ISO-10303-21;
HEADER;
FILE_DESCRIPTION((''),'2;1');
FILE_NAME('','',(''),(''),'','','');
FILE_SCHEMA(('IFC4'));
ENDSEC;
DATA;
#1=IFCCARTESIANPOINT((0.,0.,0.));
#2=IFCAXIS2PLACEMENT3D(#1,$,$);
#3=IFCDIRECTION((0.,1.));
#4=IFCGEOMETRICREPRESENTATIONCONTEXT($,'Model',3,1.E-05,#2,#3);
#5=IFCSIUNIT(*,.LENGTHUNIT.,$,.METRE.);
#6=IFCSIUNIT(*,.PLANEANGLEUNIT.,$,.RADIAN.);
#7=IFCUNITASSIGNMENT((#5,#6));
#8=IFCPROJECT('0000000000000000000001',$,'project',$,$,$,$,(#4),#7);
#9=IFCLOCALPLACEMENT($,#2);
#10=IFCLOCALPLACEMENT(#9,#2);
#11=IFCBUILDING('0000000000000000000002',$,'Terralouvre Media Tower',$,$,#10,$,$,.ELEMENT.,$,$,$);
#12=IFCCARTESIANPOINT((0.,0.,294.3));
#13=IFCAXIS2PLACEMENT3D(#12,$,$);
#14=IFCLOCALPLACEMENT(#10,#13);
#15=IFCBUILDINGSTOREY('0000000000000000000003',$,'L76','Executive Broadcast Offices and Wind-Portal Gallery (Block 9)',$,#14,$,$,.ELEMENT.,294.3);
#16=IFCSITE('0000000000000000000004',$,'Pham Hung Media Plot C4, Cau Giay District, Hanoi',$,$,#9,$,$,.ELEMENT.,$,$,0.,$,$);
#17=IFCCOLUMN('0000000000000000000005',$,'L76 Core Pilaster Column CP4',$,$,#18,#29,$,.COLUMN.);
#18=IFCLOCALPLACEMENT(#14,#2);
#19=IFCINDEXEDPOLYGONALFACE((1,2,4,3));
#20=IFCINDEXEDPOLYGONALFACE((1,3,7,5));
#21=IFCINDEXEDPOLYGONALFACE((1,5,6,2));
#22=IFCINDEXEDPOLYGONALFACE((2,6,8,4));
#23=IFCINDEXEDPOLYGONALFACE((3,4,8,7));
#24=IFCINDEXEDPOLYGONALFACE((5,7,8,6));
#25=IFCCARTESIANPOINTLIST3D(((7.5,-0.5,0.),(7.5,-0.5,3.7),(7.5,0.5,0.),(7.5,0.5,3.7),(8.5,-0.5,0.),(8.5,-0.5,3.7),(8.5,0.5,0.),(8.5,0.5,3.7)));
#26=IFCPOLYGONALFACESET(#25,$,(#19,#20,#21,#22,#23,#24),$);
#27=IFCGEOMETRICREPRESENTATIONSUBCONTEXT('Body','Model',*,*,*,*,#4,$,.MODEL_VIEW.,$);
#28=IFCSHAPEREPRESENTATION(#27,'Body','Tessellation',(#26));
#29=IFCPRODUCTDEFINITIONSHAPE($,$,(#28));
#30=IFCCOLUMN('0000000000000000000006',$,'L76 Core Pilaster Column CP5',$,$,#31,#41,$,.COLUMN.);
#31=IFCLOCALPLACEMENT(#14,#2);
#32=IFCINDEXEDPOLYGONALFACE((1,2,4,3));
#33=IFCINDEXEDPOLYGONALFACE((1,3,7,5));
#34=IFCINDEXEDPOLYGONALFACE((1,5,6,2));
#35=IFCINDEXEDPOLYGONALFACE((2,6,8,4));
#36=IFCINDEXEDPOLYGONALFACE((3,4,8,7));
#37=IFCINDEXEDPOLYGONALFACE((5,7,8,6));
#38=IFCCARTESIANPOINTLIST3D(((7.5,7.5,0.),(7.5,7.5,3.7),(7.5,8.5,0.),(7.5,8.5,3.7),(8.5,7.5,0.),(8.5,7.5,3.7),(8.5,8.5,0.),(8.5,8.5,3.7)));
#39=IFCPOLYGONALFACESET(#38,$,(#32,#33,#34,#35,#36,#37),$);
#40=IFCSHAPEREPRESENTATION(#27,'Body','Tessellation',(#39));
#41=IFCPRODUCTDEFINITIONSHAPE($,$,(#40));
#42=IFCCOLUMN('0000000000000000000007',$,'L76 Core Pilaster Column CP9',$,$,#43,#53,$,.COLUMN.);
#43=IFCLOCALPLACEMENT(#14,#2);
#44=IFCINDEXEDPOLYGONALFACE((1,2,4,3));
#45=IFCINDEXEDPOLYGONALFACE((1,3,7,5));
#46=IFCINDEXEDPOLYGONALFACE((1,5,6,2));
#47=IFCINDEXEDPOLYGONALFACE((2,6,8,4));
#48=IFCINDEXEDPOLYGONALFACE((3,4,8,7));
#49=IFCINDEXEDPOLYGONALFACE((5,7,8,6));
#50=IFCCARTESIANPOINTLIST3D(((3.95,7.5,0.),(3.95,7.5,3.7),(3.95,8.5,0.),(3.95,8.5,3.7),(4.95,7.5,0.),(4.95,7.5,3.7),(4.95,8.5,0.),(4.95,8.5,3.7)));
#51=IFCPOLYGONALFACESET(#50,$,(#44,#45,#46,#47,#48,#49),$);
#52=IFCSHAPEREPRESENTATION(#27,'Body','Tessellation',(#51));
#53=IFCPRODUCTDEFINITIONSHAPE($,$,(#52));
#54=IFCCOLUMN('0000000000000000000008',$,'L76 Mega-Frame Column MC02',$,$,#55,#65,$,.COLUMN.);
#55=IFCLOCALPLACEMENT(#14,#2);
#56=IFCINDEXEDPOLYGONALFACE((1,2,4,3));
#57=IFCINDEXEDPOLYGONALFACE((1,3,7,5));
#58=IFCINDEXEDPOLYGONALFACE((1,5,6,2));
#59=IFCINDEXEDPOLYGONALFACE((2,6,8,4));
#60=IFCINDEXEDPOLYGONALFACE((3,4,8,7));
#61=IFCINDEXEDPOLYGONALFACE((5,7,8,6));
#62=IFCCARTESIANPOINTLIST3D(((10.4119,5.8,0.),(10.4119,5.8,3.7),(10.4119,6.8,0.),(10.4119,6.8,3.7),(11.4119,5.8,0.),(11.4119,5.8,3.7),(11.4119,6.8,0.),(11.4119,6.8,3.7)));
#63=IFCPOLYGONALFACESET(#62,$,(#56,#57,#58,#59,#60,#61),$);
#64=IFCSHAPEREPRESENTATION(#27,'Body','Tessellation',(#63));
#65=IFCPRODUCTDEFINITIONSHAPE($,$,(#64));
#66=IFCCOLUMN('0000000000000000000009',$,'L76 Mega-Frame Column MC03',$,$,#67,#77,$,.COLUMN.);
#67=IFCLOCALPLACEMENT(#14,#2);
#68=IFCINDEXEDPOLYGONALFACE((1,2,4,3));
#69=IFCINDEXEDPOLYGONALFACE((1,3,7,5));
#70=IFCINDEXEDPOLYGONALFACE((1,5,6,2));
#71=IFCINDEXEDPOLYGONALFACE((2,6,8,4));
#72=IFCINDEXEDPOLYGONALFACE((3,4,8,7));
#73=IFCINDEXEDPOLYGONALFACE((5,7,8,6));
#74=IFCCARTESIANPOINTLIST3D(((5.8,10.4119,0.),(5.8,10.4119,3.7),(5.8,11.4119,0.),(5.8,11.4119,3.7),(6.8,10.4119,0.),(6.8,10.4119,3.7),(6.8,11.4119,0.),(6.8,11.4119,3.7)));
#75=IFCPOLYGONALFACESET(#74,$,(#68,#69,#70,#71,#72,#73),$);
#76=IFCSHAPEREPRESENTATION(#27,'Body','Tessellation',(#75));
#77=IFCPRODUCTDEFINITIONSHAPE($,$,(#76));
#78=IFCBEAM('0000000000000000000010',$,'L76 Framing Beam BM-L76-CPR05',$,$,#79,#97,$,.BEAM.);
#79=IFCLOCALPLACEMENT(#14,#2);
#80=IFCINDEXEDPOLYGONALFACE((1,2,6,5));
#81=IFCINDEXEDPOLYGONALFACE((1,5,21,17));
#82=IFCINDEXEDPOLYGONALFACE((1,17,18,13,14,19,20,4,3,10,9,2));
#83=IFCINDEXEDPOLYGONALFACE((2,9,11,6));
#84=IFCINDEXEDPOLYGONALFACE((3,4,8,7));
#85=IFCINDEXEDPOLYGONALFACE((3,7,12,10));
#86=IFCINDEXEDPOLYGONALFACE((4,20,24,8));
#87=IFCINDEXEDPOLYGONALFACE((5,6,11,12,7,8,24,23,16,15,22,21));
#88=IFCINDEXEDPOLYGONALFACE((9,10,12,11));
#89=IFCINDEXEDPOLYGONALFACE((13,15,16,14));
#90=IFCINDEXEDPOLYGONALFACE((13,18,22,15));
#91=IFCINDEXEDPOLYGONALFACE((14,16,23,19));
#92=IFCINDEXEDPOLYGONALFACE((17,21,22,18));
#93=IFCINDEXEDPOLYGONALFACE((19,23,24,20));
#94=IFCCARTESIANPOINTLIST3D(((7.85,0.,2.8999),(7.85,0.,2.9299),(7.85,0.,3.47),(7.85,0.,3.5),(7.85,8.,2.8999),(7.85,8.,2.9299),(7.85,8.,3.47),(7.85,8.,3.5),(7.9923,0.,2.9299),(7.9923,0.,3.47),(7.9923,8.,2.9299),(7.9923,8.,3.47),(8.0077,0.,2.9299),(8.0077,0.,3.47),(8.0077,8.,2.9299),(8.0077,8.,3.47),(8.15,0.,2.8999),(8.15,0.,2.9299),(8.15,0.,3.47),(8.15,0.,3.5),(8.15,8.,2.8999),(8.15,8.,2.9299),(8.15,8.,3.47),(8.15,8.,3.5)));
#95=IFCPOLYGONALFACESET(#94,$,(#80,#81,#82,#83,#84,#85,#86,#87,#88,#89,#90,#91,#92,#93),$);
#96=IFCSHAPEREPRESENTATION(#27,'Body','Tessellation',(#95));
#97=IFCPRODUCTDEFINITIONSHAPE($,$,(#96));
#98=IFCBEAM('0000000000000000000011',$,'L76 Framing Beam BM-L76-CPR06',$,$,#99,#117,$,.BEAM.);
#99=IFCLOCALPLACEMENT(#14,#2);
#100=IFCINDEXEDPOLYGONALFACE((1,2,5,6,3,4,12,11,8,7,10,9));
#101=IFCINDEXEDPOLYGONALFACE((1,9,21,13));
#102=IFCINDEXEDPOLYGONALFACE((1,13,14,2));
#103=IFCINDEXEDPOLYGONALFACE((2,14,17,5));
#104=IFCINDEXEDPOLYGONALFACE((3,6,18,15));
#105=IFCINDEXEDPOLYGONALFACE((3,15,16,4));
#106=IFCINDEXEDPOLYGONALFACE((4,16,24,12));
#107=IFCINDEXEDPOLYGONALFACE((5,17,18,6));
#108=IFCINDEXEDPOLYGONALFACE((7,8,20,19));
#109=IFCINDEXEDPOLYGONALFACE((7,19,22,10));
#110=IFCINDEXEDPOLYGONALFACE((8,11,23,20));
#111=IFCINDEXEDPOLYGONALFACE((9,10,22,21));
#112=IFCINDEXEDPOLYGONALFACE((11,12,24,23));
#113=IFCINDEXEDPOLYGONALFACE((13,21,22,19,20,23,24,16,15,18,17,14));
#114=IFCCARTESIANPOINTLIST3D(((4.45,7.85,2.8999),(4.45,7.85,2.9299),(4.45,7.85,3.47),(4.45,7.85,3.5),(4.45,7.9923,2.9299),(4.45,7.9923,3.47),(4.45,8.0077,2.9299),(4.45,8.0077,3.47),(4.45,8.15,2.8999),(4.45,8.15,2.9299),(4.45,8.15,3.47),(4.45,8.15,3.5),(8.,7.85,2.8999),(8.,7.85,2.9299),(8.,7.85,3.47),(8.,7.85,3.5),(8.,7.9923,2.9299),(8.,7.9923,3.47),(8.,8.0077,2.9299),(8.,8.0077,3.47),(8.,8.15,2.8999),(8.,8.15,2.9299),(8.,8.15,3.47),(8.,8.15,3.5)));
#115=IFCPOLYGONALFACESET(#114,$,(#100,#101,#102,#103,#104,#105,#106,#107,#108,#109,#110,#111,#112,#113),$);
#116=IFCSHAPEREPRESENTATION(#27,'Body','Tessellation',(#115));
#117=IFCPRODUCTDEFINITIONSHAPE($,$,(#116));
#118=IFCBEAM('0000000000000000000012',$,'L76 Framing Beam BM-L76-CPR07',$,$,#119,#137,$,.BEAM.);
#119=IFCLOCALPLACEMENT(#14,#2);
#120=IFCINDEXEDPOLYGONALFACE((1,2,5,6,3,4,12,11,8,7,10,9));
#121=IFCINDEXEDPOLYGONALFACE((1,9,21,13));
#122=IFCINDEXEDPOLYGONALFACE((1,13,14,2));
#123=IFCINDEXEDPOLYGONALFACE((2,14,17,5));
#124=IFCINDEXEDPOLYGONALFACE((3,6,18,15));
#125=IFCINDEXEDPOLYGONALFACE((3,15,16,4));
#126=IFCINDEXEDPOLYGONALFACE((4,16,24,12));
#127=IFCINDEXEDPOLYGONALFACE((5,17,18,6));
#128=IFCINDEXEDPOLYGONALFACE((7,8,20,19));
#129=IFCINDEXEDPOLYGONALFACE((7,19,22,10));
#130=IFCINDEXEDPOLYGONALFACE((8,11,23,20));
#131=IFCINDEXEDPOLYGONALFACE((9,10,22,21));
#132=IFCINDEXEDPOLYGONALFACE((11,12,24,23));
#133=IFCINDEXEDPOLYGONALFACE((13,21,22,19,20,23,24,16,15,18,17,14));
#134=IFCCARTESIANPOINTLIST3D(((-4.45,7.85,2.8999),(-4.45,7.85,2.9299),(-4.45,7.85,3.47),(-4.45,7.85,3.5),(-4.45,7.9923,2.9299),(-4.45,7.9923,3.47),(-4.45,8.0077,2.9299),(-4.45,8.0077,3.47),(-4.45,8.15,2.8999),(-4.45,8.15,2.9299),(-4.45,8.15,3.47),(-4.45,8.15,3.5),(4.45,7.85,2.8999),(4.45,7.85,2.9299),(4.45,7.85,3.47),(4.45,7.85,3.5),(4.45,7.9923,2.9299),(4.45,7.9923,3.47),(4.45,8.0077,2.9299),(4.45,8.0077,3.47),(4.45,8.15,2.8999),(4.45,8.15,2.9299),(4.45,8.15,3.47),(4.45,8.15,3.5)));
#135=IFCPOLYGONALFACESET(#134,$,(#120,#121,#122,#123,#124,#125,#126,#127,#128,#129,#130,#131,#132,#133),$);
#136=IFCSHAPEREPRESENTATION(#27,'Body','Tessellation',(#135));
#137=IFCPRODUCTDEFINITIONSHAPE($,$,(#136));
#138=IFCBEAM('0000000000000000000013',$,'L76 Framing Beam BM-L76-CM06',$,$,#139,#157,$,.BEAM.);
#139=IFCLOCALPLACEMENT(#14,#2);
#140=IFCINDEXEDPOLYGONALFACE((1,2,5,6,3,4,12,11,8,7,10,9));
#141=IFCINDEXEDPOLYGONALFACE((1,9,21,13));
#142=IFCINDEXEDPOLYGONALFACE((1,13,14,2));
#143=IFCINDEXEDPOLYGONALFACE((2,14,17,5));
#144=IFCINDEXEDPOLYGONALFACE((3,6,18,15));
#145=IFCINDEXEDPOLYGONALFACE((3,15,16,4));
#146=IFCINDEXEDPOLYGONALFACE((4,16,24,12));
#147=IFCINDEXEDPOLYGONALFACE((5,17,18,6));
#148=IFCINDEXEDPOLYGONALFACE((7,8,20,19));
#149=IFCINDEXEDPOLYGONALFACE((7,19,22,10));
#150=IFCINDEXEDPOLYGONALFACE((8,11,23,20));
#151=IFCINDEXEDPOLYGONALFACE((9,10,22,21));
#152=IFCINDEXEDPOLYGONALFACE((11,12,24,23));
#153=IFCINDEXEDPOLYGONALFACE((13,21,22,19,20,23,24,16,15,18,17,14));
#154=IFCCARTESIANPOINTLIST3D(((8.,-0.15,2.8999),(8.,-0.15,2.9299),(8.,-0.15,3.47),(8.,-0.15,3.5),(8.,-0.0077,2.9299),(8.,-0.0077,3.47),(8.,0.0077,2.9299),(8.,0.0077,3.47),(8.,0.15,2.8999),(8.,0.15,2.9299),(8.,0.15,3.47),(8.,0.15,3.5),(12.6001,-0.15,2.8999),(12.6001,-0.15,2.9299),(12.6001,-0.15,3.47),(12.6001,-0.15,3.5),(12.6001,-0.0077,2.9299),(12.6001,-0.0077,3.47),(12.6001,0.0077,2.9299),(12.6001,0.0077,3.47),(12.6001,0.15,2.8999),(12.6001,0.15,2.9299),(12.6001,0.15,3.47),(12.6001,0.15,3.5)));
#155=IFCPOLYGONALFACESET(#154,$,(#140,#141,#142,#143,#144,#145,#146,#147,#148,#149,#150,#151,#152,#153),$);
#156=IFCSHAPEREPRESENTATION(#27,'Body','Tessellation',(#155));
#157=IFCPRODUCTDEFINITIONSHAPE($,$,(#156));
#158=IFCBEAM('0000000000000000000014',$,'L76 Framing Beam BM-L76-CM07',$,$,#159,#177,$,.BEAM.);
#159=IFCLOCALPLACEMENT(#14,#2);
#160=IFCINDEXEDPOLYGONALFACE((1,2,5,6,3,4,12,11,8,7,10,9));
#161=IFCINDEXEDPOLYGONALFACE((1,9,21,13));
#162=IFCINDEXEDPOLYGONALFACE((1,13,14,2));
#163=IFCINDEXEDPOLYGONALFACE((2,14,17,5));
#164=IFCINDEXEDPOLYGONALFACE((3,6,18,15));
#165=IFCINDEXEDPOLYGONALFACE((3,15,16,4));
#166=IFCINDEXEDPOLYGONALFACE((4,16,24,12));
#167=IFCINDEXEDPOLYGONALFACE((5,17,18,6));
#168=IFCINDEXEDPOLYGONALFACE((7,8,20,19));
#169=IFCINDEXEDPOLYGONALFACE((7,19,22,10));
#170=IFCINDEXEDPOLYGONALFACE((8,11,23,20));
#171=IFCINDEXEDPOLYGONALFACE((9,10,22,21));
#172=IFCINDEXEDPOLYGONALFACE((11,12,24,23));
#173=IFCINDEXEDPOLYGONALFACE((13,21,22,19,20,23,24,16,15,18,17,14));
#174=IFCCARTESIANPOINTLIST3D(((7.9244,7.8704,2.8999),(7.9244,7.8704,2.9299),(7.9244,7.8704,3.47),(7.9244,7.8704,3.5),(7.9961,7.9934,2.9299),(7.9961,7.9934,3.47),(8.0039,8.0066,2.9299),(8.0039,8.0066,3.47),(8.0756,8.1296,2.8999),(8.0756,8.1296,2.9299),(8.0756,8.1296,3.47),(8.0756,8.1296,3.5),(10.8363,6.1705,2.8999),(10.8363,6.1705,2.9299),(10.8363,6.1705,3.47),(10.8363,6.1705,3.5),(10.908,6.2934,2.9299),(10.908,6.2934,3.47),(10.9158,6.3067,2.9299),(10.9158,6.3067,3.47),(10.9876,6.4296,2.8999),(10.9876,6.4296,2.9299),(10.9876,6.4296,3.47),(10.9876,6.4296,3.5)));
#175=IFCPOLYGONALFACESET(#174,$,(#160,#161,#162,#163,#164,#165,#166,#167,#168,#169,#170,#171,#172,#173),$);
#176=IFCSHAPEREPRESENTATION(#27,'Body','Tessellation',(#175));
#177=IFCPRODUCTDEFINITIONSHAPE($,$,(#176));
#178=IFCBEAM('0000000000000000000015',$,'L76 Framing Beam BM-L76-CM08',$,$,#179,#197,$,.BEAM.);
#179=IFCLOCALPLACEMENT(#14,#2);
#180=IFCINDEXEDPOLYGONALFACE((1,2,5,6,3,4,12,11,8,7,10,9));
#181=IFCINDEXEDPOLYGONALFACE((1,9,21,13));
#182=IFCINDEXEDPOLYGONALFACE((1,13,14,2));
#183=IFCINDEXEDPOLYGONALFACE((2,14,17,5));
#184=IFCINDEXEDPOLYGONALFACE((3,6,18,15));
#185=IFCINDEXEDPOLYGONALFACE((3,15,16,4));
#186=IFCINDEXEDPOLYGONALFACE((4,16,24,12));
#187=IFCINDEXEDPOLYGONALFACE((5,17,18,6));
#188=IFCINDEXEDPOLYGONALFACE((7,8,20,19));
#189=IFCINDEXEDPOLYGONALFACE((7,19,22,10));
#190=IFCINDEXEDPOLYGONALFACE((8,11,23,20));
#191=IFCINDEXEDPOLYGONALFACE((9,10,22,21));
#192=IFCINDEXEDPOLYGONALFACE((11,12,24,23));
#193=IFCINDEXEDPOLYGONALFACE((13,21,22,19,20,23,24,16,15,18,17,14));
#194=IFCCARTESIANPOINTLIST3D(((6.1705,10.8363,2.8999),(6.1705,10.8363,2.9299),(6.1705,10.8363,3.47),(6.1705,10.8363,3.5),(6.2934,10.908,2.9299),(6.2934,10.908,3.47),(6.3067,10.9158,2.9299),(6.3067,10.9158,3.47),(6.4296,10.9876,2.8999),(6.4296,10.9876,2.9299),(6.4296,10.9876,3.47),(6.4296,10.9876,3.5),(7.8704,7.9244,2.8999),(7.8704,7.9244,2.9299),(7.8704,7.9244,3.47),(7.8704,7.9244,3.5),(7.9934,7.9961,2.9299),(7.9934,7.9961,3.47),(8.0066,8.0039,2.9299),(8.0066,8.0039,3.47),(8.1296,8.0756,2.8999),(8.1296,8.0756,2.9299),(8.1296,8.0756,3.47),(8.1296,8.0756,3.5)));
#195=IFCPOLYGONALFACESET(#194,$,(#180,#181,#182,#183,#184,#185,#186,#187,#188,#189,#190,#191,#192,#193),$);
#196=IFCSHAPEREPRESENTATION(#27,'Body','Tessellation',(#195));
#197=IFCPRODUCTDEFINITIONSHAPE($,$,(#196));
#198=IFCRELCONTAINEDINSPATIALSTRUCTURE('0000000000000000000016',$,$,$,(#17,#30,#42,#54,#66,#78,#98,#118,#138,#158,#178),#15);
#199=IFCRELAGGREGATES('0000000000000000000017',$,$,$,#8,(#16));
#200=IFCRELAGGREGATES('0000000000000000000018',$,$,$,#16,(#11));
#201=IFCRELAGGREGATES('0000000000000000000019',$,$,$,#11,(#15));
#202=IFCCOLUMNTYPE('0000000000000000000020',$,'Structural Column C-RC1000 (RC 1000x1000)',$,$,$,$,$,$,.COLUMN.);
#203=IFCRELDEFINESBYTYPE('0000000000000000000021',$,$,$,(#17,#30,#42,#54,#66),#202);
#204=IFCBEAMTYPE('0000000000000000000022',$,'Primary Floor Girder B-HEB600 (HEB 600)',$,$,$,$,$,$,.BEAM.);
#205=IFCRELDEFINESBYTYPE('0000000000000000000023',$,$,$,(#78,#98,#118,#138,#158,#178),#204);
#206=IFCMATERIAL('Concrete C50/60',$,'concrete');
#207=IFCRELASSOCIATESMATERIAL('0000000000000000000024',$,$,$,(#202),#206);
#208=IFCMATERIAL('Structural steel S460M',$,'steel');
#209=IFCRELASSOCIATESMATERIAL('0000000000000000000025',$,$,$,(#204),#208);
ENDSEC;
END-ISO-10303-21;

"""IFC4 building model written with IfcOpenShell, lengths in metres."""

from ifc_helpers import new_model, si_unit, direction, frame, origin, origin_2d, place, context, subcontext, project, spatial, rectangle, i_section, extrude, material, material_profile, profile_set, type_object, element, save


model = new_model("IFC4")

# Units and contexts
model_context = context("Model", 3, precision=1e-05, world=origin(), true_north=direction((0.0, 1.0)))
body_context = subcontext(model_context, "Body", "Model", "MODEL_VIEW")
ifc_project = project(units=[si_unit("LENGTHUNIT", "METRE"), si_unit("PLANEANGLEUNIT", "RADIAN")], contexts=[model_context])

# Site, building, storey
site_placement = place(None, origin())
site = spatial("IfcSite", under=ifc_project, at=site_placement, Name="Pham Hung Media Plot C4, Cau Giay District, Hanoi", CompositionType="ELEMENT", RefElevation=0.0)
building_placement = place(site_placement, origin())
building = spatial("IfcBuilding", under=site, at=building_placement, Name="Terralouvre Media Tower", CompositionType="ELEMENT")
storey_placement = place(building_placement, frame((0.0, 0.0, 294.3)))
storey = spatial("IfcBuildingStorey", under=building, at=storey_placement, Name="L76", Description="Executive Broadcast Offices and Wind-Portal Gallery (Block 9)", CompositionType="ELEMENT", Elevation=294.3)

# Columns
ifc_material_1 = material(Name="Concrete C50/60", Category="concrete")
ifc_material_profile_1 = material_profile(ifc_material_1, rectangle(XDim=1.0, YDim=1.0, at=origin_2d()), Name="RC 1000x1000")
ifc_profile_set_1 = profile_set([ifc_material_profile_1], Name="Concrete C50/60")
column_type = type_object("IfcColumnType", Name="Structural Column C-RC1000 (RC 1000x1000)", PredefinedType="COLUMN", material=ifc_profile_set_1)
for number, where, z_axis, x_axis, name in (
    (1, (8.0, 0.0, 0.0), (0.0, 0.0, 1.0), (1.0, 0.0, 0.0), "L76 Core Pilaster Column CP4"),
    (2, (8.0, 8.0, 0.0), (0.0, 0.0, 1.0), (1.0, 0.0, 0.0), "L76 Core Pilaster Column CP5"),
    (3, (4.45, 8.0, 0.0), (0.0, 0.0, 1.0), (1.0, 0.0, 0.0), "L76 Core Pilaster Column CP9"),
    (4, (10.9119, 6.3, 0.0), (0.0, 0.0, 1.0), (1.0, 0.0, 0.0), "L76 Mega-Frame Column MC02"),
    (5, (6.3, 10.9119, 0.0), (0.0, 0.0, 1.0), (1.0, 0.0, 0.0), "L76 Mega-Frame Column MC03"),
):
    element("IfcColumn", number, at=place(storey_placement, frame(where, z_axis=z_axis, x_axis=x_axis)), inside=storey, type_object=column_type, Name=name, PredefinedType="COLUMN", context=body_context, shape_type="SweptSolid", body=[
        extrude(rectangle(XDim=1.0, YDim=1.0, at=origin_2d()), origin(), (0.0, 0.0, 1.0), 3.7),
    ])

# Beams
ifc_material_2 = material(Name="Structural steel S460M", Category="steel")
ifc_material_profile_2 = material_profile(ifc_material_2, i_section(OverallWidth=0.3, OverallDepth=0.6001, WebThickness=0.0154, FlangeThickness=0.03, at=origin_2d()), Name="HEB 600")
ifc_profile_set_2 = profile_set([ifc_material_profile_2], Name="Structural steel S460M")
beam_type = type_object("IfcBeamType", Name="Primary Floor Girder B-HEB600 (HEB 600)", PredefinedType="BEAM", material=ifc_profile_set_2)
beam_1_placement = place(storey_placement, frame((8.0, 0.0, 3.2), z_axis=(0.0, 1.0, 0.0), x_axis=(-1.0, 0.0, 0.0)))
element("IfcBeam", 6, at=beam_1_placement, inside=storey, type_object=beam_type, Name="L76 Framing Beam BM-L76-CPR05", PredefinedType="BEAM", context=body_context, shape_type="SweptSolid", body=[
    extrude(i_section(OverallWidth=0.3, OverallDepth=0.6001, WebThickness=0.0154, FlangeThickness=0.03, at=origin_2d()), origin(), (0.0, 0.0, 1.0), 8.0),
])
beam_2_placement = place(storey_placement, frame((8.0, 8.0, 3.2), z_axis=(-1.0, 0.0, 0.0), x_axis=(0.0, -1.0, 0.0)))
element("IfcBeam", 7, at=beam_2_placement, inside=storey, type_object=beam_type, Name="L76 Framing Beam BM-L76-CPR06", PredefinedType="BEAM", context=body_context, shape_type="SweptSolid", body=[
    extrude(i_section(OverallWidth=0.3, OverallDepth=0.6001, WebThickness=0.0154, FlangeThickness=0.03, at=origin_2d()), origin(), (0.0, 0.0, 1.0), 3.55),
])
beam_3_placement = place(storey_placement, frame((4.45, 8.0, 3.2), z_axis=(-1.0, 0.0, 0.0), x_axis=(0.0, -1.0, 0.0)))
element("IfcBeam", 8, at=beam_3_placement, inside=storey, type_object=beam_type, Name="L76 Framing Beam BM-L76-CPR07", PredefinedType="BEAM", context=body_context, shape_type="SweptSolid", body=[
    extrude(i_section(OverallWidth=0.3, OverallDepth=0.6001, WebThickness=0.0154, FlangeThickness=0.03, at=origin_2d()), origin(), (0.0, 0.0, 1.0), 8.8999),
])
beam_4_placement = place(storey_placement, frame((8.0, 0.0, 3.2), z_axis=(1.0, 0.0, 0.0), x_axis=(0.0, 1.0, 0.0)))
element("IfcBeam", 9, at=beam_4_placement, inside=storey, type_object=beam_type, Name="L76 Framing Beam BM-L76-CM06", PredefinedType="BEAM", context=body_context, shape_type="SweptSolid", body=[
    extrude(i_section(OverallWidth=0.3, OverallDepth=0.6001, WebThickness=0.0154, FlangeThickness=0.03, at=origin_2d()), origin(), (0.0, 0.0, 1.0), 4.6001),
])
for number, where, z_axis, x_axis, name in (
    (10, (8.0, 8.0, 3.2), (0.863603, -0.504173, 0.0), (0.504173, 0.863603, 0.0), "L76 Framing Beam BM-L76-CM07"),
    (11, (8.0, 8.0, 3.2), (-0.504173, 0.863603, 0.0), (-0.863603, -0.504173, 0.0), "L76 Framing Beam BM-L76-CM08"),
):
    element("IfcBeam", number, at=place(storey_placement, frame(where, z_axis=z_axis, x_axis=x_axis)), inside=storey, type_object=beam_type, Name=name, PredefinedType="BEAM", context=body_context, shape_type="SweptSolid", body=[
        extrude(i_section(OverallWidth=0.3, OverallDepth=0.6001, WebThickness=0.0154, FlangeThickness=0.03, at=origin_2d()), origin(), (0.0, 0.0, 1.0), 3.3718),
    ])

save(model, "model.ifc")
